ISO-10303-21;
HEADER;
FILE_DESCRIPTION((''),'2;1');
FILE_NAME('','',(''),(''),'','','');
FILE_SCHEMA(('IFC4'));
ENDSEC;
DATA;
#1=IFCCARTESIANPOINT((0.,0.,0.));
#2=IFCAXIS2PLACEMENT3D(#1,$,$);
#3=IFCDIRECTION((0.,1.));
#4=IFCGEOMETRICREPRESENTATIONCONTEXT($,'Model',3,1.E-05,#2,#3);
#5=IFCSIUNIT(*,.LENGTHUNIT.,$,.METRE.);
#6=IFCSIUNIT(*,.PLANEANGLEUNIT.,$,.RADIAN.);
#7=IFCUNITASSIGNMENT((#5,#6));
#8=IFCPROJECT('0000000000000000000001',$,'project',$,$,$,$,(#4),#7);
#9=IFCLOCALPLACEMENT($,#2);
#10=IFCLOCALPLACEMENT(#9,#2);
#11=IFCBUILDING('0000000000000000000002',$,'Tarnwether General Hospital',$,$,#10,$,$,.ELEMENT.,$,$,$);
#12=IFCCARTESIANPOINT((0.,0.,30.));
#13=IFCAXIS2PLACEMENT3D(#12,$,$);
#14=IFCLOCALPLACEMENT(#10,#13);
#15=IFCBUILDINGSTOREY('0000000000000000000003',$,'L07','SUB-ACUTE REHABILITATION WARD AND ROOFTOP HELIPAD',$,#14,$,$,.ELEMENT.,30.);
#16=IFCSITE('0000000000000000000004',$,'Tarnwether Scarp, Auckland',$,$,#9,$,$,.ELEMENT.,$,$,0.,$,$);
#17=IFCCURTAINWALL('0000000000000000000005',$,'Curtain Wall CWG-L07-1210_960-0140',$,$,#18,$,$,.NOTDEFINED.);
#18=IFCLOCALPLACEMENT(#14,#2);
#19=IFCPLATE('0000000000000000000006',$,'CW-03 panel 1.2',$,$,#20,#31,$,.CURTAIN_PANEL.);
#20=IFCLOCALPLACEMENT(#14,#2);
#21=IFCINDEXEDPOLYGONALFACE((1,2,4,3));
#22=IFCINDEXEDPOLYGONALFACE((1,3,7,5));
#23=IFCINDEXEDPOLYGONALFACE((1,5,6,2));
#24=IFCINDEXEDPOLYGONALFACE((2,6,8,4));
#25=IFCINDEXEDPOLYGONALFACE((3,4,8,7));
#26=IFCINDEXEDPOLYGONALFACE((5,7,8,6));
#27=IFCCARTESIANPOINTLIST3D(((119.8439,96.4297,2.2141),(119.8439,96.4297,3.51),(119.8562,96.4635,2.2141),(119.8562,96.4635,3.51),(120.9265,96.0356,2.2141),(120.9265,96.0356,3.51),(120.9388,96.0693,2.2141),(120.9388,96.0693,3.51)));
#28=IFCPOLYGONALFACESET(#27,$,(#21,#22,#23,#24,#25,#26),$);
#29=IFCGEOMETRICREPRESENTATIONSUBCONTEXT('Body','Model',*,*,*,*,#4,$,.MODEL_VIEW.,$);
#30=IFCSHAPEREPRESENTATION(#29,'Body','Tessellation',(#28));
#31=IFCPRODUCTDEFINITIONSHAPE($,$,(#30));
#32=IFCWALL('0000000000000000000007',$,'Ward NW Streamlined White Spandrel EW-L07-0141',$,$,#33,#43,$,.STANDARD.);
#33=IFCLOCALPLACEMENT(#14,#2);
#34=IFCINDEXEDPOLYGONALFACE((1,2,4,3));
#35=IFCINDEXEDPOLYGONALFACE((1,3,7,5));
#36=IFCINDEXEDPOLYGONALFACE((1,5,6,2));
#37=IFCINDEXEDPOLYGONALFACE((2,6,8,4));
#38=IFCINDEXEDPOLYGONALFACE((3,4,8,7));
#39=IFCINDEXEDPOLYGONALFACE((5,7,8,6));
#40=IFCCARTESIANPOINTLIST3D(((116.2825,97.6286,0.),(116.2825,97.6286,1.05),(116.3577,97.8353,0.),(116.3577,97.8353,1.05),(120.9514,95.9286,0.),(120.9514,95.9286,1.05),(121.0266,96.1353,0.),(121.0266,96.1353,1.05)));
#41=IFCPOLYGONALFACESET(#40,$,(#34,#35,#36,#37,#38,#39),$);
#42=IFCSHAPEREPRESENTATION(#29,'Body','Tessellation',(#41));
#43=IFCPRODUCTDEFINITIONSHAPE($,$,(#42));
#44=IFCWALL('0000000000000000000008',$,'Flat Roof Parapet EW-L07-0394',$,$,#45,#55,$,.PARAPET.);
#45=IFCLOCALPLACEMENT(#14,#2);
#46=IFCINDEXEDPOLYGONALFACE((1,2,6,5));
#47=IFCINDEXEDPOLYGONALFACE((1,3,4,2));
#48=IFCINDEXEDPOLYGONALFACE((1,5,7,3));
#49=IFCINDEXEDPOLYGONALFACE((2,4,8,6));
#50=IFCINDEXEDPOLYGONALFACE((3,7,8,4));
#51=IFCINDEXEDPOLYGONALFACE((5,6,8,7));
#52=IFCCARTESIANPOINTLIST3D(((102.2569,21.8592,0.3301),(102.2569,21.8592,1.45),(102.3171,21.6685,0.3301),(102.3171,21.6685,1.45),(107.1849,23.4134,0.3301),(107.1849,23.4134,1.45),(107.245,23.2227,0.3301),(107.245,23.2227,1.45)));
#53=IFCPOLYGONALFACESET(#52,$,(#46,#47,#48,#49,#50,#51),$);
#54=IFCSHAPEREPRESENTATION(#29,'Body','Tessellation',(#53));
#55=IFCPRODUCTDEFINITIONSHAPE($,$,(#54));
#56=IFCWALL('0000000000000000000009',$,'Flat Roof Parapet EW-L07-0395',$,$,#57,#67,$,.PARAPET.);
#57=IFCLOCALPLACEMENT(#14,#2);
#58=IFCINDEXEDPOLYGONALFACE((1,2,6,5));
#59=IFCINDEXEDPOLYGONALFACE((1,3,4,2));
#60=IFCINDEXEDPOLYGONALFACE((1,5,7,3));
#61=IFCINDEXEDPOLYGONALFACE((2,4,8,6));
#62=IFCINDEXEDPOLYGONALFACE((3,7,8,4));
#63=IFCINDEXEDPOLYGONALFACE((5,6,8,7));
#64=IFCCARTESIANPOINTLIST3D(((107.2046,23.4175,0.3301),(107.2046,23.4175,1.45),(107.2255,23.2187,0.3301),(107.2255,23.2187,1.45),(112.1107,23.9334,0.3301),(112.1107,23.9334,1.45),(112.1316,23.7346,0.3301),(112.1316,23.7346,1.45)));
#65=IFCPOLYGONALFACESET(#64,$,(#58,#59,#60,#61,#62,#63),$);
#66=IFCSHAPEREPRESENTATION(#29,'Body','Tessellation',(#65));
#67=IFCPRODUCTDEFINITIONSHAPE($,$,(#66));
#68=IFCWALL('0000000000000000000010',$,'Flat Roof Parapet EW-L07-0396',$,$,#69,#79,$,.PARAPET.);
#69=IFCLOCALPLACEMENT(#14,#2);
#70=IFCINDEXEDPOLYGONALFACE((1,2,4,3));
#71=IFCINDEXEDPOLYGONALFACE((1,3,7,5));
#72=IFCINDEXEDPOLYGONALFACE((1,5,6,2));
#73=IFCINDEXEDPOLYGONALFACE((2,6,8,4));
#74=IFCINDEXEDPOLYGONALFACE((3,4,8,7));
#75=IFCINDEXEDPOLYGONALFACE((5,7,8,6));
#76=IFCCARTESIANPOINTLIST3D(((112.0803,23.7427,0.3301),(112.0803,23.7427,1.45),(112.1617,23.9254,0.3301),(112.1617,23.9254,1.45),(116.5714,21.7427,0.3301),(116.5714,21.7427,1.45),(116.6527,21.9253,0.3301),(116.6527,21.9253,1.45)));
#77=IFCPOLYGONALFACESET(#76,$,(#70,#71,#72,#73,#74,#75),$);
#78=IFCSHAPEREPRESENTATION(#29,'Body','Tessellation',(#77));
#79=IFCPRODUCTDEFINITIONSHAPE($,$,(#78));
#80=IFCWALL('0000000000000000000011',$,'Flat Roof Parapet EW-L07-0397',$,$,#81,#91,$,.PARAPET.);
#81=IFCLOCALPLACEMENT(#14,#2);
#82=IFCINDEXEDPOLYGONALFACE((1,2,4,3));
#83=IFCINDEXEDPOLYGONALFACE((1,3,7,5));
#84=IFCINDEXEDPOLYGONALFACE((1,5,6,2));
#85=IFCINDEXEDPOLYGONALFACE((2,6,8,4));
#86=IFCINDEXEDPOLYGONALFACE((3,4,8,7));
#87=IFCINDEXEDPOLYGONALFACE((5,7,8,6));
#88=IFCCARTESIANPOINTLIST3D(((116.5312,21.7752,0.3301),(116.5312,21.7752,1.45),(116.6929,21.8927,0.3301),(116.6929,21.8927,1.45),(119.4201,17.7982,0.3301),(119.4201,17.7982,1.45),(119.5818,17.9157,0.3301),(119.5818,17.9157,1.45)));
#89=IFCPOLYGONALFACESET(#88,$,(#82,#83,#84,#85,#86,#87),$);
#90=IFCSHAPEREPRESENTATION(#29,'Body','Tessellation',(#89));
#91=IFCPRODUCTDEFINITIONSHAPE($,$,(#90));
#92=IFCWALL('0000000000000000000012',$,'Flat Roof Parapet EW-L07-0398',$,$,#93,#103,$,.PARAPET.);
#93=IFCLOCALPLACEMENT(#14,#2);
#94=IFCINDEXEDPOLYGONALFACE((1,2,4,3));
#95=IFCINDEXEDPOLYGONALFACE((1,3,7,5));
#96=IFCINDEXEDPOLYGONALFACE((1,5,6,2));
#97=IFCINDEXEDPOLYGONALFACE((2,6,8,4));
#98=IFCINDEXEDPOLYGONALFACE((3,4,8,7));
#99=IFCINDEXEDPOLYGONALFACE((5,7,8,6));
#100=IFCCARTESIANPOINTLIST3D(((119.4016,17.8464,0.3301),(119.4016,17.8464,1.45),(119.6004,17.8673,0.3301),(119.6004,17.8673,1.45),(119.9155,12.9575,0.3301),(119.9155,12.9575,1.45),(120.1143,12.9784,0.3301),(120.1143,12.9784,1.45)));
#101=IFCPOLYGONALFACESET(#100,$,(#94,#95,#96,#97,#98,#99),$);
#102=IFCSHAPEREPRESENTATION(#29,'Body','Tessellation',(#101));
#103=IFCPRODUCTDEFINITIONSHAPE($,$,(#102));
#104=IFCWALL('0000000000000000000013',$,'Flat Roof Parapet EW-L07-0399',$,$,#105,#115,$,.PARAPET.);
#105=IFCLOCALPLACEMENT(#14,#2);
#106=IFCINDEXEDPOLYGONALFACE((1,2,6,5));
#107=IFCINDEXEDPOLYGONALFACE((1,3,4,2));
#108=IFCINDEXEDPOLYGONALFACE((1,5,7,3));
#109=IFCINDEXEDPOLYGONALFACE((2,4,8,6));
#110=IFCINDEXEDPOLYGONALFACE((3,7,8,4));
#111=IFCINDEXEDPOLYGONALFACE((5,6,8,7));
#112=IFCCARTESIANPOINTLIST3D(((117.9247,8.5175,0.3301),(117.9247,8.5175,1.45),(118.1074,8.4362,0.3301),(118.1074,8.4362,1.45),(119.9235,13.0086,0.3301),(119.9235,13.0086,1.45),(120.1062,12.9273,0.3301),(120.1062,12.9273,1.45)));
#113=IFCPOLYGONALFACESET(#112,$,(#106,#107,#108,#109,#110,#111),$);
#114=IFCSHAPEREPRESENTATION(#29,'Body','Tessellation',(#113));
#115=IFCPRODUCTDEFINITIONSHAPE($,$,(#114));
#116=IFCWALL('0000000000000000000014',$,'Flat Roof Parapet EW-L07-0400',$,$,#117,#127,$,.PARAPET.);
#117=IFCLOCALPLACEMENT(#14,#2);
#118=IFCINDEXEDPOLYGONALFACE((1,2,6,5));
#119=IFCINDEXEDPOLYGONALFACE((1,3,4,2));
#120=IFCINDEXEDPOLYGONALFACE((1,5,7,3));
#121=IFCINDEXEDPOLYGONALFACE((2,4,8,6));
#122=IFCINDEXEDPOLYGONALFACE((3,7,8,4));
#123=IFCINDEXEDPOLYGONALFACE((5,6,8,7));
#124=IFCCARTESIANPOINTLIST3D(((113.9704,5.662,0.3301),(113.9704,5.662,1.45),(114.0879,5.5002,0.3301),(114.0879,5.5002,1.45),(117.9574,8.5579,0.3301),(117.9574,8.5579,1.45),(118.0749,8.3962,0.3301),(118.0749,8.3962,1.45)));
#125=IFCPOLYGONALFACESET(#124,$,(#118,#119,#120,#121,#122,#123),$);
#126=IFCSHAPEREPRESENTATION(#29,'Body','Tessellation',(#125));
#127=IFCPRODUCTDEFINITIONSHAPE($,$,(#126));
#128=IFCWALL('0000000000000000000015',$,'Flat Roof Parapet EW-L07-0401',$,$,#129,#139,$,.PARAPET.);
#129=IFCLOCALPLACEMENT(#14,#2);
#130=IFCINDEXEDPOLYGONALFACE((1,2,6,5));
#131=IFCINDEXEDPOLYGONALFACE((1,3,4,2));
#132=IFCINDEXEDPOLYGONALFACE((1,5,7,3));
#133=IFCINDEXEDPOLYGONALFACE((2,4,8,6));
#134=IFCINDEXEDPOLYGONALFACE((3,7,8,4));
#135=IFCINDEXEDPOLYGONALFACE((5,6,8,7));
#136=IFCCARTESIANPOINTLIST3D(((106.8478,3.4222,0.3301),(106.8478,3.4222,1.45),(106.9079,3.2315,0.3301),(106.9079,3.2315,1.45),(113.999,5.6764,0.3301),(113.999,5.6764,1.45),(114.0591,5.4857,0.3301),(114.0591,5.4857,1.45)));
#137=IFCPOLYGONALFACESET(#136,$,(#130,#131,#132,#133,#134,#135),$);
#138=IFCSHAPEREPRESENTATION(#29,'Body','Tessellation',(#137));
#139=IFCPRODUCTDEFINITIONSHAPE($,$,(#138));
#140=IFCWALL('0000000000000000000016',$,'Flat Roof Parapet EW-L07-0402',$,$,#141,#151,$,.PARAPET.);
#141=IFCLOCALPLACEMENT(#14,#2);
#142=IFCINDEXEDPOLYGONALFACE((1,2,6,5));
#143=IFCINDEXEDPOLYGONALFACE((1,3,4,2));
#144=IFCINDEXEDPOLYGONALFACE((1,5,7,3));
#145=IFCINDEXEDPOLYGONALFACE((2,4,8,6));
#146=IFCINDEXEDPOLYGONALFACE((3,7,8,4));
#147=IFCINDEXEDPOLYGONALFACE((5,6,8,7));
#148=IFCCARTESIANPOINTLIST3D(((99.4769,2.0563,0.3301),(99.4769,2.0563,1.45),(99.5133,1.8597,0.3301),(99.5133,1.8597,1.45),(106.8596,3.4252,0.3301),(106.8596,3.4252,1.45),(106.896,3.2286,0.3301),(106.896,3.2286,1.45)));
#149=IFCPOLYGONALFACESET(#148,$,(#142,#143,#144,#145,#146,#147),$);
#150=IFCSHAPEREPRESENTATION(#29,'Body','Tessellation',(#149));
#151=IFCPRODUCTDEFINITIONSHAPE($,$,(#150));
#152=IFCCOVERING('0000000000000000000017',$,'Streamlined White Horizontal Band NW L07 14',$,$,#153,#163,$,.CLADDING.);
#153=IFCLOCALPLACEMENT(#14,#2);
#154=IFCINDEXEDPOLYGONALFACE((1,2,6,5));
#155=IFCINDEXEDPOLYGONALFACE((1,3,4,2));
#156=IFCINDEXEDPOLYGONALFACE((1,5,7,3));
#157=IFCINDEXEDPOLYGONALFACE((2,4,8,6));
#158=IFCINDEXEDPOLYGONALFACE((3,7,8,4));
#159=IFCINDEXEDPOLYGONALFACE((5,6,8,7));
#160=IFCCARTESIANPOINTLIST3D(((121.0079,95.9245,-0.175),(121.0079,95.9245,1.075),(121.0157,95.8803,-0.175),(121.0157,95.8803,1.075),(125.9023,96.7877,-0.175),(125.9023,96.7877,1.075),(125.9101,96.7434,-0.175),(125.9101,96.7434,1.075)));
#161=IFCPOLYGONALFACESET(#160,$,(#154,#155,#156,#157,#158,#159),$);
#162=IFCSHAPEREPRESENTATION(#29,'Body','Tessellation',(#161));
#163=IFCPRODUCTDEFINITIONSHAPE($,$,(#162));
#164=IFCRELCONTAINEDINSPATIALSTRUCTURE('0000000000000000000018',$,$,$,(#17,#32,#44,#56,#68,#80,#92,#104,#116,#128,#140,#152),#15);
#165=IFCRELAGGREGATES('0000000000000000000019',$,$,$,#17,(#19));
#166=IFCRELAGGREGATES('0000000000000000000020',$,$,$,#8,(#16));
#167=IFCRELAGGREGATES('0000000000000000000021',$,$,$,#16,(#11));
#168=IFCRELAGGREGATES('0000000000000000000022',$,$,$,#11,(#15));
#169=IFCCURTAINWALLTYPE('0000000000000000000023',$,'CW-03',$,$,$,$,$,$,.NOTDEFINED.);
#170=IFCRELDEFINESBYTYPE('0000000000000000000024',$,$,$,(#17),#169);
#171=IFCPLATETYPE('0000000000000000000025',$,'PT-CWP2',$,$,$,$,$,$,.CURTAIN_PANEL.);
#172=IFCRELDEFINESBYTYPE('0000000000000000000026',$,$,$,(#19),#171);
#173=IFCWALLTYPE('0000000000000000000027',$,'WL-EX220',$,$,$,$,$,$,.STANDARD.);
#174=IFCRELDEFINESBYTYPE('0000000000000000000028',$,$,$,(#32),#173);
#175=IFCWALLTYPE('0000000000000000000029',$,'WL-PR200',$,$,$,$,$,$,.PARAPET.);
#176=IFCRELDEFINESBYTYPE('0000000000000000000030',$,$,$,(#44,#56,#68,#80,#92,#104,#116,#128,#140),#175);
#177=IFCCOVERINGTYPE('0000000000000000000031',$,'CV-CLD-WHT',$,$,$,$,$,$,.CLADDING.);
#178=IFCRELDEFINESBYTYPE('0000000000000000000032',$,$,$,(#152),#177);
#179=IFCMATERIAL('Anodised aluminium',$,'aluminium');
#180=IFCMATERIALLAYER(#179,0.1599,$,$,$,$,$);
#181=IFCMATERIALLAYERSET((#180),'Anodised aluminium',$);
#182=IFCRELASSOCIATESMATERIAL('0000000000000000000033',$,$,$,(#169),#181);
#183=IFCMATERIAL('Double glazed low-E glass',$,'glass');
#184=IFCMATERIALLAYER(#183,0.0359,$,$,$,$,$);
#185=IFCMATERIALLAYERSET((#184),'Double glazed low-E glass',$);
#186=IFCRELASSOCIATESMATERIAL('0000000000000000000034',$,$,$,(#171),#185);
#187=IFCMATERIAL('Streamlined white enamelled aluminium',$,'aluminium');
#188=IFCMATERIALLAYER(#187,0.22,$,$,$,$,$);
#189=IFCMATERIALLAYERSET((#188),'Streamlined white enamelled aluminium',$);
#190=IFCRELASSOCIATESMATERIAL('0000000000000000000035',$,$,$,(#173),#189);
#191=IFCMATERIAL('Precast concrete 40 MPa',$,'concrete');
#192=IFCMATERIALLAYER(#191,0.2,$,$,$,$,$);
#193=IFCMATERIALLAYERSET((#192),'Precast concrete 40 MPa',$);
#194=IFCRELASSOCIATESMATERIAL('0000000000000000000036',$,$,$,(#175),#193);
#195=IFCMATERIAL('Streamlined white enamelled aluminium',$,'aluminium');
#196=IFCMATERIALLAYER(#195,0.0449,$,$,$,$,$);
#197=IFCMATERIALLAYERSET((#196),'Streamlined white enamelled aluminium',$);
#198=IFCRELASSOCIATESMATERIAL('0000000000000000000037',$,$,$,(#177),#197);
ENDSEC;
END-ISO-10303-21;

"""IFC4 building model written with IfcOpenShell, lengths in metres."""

from ifc_helpers import new_model, si_unit, direction, frame, frame_2d, origin, origin_2d, place, context, subcontext, project, spatial, rectangle, extrude, material, layer, layer_set, type_object, element, aggregate, save


model = new_model("IFC4")

# Units and contexts
model_context = context("Model", 3, precision=1e-05, world=origin(), true_north=direction((0.0, 1.0)))
body_context = subcontext(model_context, "Body", "Model", "MODEL_VIEW")
ifc_project = project(units=[si_unit("LENGTHUNIT", "METRE"), si_unit("PLANEANGLEUNIT", "RADIAN")], contexts=[model_context])

# Site, building, storey
site_placement = place(None, origin())
site = spatial("IfcSite", under=ifc_project, at=site_placement, Name="Tarnwether Scarp, Auckland", CompositionType="ELEMENT", RefElevation=0.0)
building_placement = place(site_placement, origin())
building = spatial("IfcBuilding", under=site, at=building_placement, Name="Tarnwether General Hospital", CompositionType="ELEMENT")
storey_placement = place(building_placement, frame((0.0, 0.0, 30.0)))
storey = spatial("IfcBuildingStorey", under=building, at=storey_placement, Name="L07", Description="SUB-ACUTE REHABILITATION WARD AND ROOFTOP HELIPAD", CompositionType="ELEMENT", Elevation=30.0)

# Curtain wall
ifc_material_1 = material(Name="Anodised aluminium", Category="aluminium")
ifc_layer_1 = layer(ifc_material_1, 0.1599)
ifc_layer_set_1 = layer_set([ifc_layer_1], Name="Anodised aluminium")
curtain_wall_type = type_object("IfcCurtainWallType", Name="CW-03", PredefinedType="NOTDEFINED", material=ifc_layer_set_1)
curtain_wall_1_placement = place(storey_placement, origin())
curtain_wall_1 = element("IfcCurtainWall", 1, at=curtain_wall_1_placement, inside=storey, type_object=curtain_wall_type, Name="Curtain Wall CWG-L07-1210_960-0140", PredefinedType="NOTDEFINED")

# Plate
ifc_material_2 = material(Name="Double glazed low-E glass", Category="glass")
ifc_layer_2 = layer(ifc_material_2, 0.0359)
ifc_layer_set_2 = layer_set([ifc_layer_2], Name="Double glazed low-E glass")
plate_type_1 = type_object("IfcPlateType", Name="PT-CWP2", PredefinedType="CURTAIN_PANEL", material=ifc_layer_set_2)
plate_1_placement = place(storey_placement, frame((120.3914, 96.2495, 2.2141), z_axis=(0.0, 0.0, 1.0), x_axis=(-0.939652, 0.342131, 0.0)))
plate_1 = element("IfcPlate", 2, at=plate_1_placement, type_object=plate_type_1, Name="CW-03 panel 1.2", PredefinedType="CURTAIN_PANEL", context=body_context, shape_type="SweptSolid", body=[
    extrude(rectangle(XDim=1.1521, YDim=0.0359, at=origin_2d()), origin(), (0.0, 0.0, 1.0), 1.2959),
])
aggregate(curtain_wall_1, [plate_1])

# Walls
ifc_material_3 = material(Name="Streamlined white enamelled aluminium", Category="aluminium")
ifc_layer_3 = layer(ifc_material_3, 0.22)
ifc_layer_set_3 = layer_set([ifc_layer_3], Name="Streamlined white enamelled aluminium")
wall_type_1 = type_object("IfcWallType", Name="WL-EX220", PredefinedType="STANDARD", material=ifc_layer_set_3)
wall_1_placement = place(storey_placement, frame((120.989, 96.032, 0.0), z_axis=(0.0, 0.0, 1.0), x_axis=(-0.939654, 0.342126, 0.0)))
element("IfcWall", 3, at=wall_1_placement, inside=storey, type_object=wall_type_1, Name="Ward NW Streamlined White Spandrel EW-L07-0141", PredefinedType="STANDARD", context=body_context, shape_type="SweptSolid", body=[
    extrude(rectangle(XDim=4.9688, YDim=0.22, at=frame_2d((2.4844, 0.0))), origin(), (0.0, 0.0, 1.0), 1.05),
])
ifc_material_4 = material(Name="Precast concrete 40 MPa", Category="concrete")
ifc_layer_4 = layer(ifc_material_4, 0.2)
ifc_layer_set_4 = layer_set([ifc_layer_4], Name="Precast concrete 40 MPa")
wall_type_2 = type_object("IfcWallType", Name="WL-PR200", PredefinedType="PARAPET", material=ifc_layer_set_4)
wall_2_placement = place(storey_placement, frame((102.2871, 21.7639, 0.3301), z_axis=(0.0, 0.0, 1.0), x_axis=(0.953694, 0.300779, 0.0)))
element("IfcWall", 4, at=wall_2_placement, inside=storey, type_object=wall_type_2, Name="Flat Roof Parapet EW-L07-0394", PredefinedType="PARAPET", context=body_context, shape_type="SweptSolid", body=[
    extrude(rectangle(XDim=5.1672, YDim=0.2, at=frame_2d((2.5835, 0.0))), origin(), (0.0, 0.0, 1.0), 1.1199),
])
wall_3_placement = place(storey_placement, frame((107.2151, 23.3181, 0.3301), z_axis=(0.0, 0.0, 1.0), x_axis=(0.994517, 0.104574, 0.0)))
element("IfcWall", 5, at=wall_3_placement, inside=storey, type_object=wall_type_2, Name="Flat Roof Parapet EW-L07-0395", PredefinedType="PARAPET", context=body_context, shape_type="SweptSolid", body=[
    extrude(rectangle(XDim=4.9331, YDim=0.2, at=frame_2d((2.4666, 0.0))), origin(), (0.0, 0.0, 1.0), 1.1199),
])
wall_4_placement = place(storey_placement, frame((112.1211, 23.834, 0.3301), z_axis=(0.0, 0.0, 1.0), x_axis=(0.913508, -0.40682, 0.0)))
element("IfcWall", 6, at=wall_4_placement, inside=storey, type_object=wall_type_2, Name="Flat Roof Parapet EW-L07-0396", PredefinedType="PARAPET", context=body_context, shape_type="SweptSolid", body=[
    extrude(rectangle(XDim=4.9163, YDim=0.2, at=frame_2d((2.458, 0.0))), origin(), (0.0, 0.0, 1.0), 1.1199),
])
wall_5_placement = place(storey_placement, frame((116.6121, 21.834, 0.3301), z_axis=(0.0, 0.0, 1.0), x_axis=(0.587708, -0.809073, 0.0)))
element("IfcWall", 7, at=wall_5_placement, inside=storey, type_object=wall_type_2, Name="Flat Roof Parapet EW-L07-0397", PredefinedType="PARAPET", context=body_context, shape_type="SweptSolid", body=[
    extrude(rectangle(XDim=4.9155, YDim=0.2, at=frame_2d((2.4578, 0.0))), origin(), (0.0, 0.0, 1.0), 1.1199),
])
for number, where, z_axis, x_axis, name in (
    (8, (119.501, 17.8569, 0.3301), (0.0, 0.0, 1.0), (0.104543, -0.99452, 0.0), "Flat Roof Parapet EW-L07-0398"),
    (9, (120.0149, 12.968, 0.3301), (0.0, 0.0, 1.0), (-0.406613, -0.9136, 0.0), "Flat Roof Parapet EW-L07-0399"),
):
    element("IfcWall", number, at=place(storey_placement, frame(where, z_axis=z_axis, x_axis=x_axis)), inside=storey, type_object=wall_type_2, Name=name, PredefinedType="PARAPET", context=body_context, shape_type="SweptSolid", body=[
        extrude(rectangle(XDim=4.9158, YDim=0.2, at=frame_2d((2.458, 0.0))), origin(), (0.0, 0.0, 1.0), 1.1199),
    ])
wall_6_placement = place(storey_placement, frame((118.0161, 8.4771, 0.3301), z_axis=(0.0, 0.0, 1.0), x_axis=(-0.809092, -0.587683, 0.0)))
element("IfcWall", 10, at=wall_6_placement, inside=storey, type_object=wall_type_2, Name="Flat Roof Parapet EW-L07-0400", PredefinedType="PARAPET", context=body_context, shape_type="SweptSolid", body=[
    extrude(rectangle(XDim=4.9277, YDim=0.2, at=frame_2d((2.4639, 0.0))), origin(), (0.0, 0.0, 1.0), 1.1199),
])
wall_7_placement = place(storey_placement, frame((114.0291, 5.5811, 0.3301), z_axis=(0.0, 0.0, 1.0), x_axis=(-0.95374, -0.300634, 0.0)))
element("IfcWall", 11, at=wall_7_placement, inside=storey, type_object=wall_type_2, Name="Flat Roof Parapet EW-L07-0401", PredefinedType="PARAPET", context=body_context, shape_type="SweptSolid", body=[
    extrude(rectangle(XDim=7.498, YDim=0.2, at=frame_2d((3.749, 0.0))), origin(), (0.0, 0.0, 1.0), 1.1199),
])
wall_8_placement = place(storey_placement, frame((106.8779, 3.3269, 0.3301), z_axis=(0.0, 0.0, 1.0), x_axis=(-0.983241, -0.182309, 0.0)))
element("IfcWall", 12, at=wall_8_placement, inside=storey, type_object=wall_type_2, Name="Flat Roof Parapet EW-L07-0402", PredefinedType="PARAPET", context=body_context, shape_type="SweptSolid", body=[
    extrude(rectangle(XDim=7.5085, YDim=0.2, at=frame_2d((3.7544, 0.0))), origin(), (0.0, 0.0, 1.0), 1.1199),
])

# Covering
ifc_material_5 = material(Name="Streamlined white enamelled aluminium", Category="aluminium")
ifc_layer_5 = layer(ifc_material_5, 0.0449)
ifc_layer_set_5 = layer_set([ifc_layer_5], Name="Streamlined white enamelled aluminium")
covering_type = type_object("IfcCoveringType", Name="CV-CLD-WHT", PredefinedType="CLADDING", material=ifc_layer_set_5)
covering_placement = place(storey_placement, frame((123.459, 96.334, -0.175), z_axis=(0.0, 0.0, 1.0), x_axis=(-0.984805, -0.173665, 0.0)))
element("IfcCovering", 13, at=covering_placement, inside=storey, type_object=covering_type, Name="Streamlined White Horizontal Band NW L07 14", PredefinedType="CLADDING", context=body_context, shape_type="SweptSolid", body=[
    extrude(rectangle(XDim=4.97, YDim=0.0449, at=origin_2d()), origin(), (0.0, 0.0, 1.0), 1.25),
])

save(model, "model.ifc")
